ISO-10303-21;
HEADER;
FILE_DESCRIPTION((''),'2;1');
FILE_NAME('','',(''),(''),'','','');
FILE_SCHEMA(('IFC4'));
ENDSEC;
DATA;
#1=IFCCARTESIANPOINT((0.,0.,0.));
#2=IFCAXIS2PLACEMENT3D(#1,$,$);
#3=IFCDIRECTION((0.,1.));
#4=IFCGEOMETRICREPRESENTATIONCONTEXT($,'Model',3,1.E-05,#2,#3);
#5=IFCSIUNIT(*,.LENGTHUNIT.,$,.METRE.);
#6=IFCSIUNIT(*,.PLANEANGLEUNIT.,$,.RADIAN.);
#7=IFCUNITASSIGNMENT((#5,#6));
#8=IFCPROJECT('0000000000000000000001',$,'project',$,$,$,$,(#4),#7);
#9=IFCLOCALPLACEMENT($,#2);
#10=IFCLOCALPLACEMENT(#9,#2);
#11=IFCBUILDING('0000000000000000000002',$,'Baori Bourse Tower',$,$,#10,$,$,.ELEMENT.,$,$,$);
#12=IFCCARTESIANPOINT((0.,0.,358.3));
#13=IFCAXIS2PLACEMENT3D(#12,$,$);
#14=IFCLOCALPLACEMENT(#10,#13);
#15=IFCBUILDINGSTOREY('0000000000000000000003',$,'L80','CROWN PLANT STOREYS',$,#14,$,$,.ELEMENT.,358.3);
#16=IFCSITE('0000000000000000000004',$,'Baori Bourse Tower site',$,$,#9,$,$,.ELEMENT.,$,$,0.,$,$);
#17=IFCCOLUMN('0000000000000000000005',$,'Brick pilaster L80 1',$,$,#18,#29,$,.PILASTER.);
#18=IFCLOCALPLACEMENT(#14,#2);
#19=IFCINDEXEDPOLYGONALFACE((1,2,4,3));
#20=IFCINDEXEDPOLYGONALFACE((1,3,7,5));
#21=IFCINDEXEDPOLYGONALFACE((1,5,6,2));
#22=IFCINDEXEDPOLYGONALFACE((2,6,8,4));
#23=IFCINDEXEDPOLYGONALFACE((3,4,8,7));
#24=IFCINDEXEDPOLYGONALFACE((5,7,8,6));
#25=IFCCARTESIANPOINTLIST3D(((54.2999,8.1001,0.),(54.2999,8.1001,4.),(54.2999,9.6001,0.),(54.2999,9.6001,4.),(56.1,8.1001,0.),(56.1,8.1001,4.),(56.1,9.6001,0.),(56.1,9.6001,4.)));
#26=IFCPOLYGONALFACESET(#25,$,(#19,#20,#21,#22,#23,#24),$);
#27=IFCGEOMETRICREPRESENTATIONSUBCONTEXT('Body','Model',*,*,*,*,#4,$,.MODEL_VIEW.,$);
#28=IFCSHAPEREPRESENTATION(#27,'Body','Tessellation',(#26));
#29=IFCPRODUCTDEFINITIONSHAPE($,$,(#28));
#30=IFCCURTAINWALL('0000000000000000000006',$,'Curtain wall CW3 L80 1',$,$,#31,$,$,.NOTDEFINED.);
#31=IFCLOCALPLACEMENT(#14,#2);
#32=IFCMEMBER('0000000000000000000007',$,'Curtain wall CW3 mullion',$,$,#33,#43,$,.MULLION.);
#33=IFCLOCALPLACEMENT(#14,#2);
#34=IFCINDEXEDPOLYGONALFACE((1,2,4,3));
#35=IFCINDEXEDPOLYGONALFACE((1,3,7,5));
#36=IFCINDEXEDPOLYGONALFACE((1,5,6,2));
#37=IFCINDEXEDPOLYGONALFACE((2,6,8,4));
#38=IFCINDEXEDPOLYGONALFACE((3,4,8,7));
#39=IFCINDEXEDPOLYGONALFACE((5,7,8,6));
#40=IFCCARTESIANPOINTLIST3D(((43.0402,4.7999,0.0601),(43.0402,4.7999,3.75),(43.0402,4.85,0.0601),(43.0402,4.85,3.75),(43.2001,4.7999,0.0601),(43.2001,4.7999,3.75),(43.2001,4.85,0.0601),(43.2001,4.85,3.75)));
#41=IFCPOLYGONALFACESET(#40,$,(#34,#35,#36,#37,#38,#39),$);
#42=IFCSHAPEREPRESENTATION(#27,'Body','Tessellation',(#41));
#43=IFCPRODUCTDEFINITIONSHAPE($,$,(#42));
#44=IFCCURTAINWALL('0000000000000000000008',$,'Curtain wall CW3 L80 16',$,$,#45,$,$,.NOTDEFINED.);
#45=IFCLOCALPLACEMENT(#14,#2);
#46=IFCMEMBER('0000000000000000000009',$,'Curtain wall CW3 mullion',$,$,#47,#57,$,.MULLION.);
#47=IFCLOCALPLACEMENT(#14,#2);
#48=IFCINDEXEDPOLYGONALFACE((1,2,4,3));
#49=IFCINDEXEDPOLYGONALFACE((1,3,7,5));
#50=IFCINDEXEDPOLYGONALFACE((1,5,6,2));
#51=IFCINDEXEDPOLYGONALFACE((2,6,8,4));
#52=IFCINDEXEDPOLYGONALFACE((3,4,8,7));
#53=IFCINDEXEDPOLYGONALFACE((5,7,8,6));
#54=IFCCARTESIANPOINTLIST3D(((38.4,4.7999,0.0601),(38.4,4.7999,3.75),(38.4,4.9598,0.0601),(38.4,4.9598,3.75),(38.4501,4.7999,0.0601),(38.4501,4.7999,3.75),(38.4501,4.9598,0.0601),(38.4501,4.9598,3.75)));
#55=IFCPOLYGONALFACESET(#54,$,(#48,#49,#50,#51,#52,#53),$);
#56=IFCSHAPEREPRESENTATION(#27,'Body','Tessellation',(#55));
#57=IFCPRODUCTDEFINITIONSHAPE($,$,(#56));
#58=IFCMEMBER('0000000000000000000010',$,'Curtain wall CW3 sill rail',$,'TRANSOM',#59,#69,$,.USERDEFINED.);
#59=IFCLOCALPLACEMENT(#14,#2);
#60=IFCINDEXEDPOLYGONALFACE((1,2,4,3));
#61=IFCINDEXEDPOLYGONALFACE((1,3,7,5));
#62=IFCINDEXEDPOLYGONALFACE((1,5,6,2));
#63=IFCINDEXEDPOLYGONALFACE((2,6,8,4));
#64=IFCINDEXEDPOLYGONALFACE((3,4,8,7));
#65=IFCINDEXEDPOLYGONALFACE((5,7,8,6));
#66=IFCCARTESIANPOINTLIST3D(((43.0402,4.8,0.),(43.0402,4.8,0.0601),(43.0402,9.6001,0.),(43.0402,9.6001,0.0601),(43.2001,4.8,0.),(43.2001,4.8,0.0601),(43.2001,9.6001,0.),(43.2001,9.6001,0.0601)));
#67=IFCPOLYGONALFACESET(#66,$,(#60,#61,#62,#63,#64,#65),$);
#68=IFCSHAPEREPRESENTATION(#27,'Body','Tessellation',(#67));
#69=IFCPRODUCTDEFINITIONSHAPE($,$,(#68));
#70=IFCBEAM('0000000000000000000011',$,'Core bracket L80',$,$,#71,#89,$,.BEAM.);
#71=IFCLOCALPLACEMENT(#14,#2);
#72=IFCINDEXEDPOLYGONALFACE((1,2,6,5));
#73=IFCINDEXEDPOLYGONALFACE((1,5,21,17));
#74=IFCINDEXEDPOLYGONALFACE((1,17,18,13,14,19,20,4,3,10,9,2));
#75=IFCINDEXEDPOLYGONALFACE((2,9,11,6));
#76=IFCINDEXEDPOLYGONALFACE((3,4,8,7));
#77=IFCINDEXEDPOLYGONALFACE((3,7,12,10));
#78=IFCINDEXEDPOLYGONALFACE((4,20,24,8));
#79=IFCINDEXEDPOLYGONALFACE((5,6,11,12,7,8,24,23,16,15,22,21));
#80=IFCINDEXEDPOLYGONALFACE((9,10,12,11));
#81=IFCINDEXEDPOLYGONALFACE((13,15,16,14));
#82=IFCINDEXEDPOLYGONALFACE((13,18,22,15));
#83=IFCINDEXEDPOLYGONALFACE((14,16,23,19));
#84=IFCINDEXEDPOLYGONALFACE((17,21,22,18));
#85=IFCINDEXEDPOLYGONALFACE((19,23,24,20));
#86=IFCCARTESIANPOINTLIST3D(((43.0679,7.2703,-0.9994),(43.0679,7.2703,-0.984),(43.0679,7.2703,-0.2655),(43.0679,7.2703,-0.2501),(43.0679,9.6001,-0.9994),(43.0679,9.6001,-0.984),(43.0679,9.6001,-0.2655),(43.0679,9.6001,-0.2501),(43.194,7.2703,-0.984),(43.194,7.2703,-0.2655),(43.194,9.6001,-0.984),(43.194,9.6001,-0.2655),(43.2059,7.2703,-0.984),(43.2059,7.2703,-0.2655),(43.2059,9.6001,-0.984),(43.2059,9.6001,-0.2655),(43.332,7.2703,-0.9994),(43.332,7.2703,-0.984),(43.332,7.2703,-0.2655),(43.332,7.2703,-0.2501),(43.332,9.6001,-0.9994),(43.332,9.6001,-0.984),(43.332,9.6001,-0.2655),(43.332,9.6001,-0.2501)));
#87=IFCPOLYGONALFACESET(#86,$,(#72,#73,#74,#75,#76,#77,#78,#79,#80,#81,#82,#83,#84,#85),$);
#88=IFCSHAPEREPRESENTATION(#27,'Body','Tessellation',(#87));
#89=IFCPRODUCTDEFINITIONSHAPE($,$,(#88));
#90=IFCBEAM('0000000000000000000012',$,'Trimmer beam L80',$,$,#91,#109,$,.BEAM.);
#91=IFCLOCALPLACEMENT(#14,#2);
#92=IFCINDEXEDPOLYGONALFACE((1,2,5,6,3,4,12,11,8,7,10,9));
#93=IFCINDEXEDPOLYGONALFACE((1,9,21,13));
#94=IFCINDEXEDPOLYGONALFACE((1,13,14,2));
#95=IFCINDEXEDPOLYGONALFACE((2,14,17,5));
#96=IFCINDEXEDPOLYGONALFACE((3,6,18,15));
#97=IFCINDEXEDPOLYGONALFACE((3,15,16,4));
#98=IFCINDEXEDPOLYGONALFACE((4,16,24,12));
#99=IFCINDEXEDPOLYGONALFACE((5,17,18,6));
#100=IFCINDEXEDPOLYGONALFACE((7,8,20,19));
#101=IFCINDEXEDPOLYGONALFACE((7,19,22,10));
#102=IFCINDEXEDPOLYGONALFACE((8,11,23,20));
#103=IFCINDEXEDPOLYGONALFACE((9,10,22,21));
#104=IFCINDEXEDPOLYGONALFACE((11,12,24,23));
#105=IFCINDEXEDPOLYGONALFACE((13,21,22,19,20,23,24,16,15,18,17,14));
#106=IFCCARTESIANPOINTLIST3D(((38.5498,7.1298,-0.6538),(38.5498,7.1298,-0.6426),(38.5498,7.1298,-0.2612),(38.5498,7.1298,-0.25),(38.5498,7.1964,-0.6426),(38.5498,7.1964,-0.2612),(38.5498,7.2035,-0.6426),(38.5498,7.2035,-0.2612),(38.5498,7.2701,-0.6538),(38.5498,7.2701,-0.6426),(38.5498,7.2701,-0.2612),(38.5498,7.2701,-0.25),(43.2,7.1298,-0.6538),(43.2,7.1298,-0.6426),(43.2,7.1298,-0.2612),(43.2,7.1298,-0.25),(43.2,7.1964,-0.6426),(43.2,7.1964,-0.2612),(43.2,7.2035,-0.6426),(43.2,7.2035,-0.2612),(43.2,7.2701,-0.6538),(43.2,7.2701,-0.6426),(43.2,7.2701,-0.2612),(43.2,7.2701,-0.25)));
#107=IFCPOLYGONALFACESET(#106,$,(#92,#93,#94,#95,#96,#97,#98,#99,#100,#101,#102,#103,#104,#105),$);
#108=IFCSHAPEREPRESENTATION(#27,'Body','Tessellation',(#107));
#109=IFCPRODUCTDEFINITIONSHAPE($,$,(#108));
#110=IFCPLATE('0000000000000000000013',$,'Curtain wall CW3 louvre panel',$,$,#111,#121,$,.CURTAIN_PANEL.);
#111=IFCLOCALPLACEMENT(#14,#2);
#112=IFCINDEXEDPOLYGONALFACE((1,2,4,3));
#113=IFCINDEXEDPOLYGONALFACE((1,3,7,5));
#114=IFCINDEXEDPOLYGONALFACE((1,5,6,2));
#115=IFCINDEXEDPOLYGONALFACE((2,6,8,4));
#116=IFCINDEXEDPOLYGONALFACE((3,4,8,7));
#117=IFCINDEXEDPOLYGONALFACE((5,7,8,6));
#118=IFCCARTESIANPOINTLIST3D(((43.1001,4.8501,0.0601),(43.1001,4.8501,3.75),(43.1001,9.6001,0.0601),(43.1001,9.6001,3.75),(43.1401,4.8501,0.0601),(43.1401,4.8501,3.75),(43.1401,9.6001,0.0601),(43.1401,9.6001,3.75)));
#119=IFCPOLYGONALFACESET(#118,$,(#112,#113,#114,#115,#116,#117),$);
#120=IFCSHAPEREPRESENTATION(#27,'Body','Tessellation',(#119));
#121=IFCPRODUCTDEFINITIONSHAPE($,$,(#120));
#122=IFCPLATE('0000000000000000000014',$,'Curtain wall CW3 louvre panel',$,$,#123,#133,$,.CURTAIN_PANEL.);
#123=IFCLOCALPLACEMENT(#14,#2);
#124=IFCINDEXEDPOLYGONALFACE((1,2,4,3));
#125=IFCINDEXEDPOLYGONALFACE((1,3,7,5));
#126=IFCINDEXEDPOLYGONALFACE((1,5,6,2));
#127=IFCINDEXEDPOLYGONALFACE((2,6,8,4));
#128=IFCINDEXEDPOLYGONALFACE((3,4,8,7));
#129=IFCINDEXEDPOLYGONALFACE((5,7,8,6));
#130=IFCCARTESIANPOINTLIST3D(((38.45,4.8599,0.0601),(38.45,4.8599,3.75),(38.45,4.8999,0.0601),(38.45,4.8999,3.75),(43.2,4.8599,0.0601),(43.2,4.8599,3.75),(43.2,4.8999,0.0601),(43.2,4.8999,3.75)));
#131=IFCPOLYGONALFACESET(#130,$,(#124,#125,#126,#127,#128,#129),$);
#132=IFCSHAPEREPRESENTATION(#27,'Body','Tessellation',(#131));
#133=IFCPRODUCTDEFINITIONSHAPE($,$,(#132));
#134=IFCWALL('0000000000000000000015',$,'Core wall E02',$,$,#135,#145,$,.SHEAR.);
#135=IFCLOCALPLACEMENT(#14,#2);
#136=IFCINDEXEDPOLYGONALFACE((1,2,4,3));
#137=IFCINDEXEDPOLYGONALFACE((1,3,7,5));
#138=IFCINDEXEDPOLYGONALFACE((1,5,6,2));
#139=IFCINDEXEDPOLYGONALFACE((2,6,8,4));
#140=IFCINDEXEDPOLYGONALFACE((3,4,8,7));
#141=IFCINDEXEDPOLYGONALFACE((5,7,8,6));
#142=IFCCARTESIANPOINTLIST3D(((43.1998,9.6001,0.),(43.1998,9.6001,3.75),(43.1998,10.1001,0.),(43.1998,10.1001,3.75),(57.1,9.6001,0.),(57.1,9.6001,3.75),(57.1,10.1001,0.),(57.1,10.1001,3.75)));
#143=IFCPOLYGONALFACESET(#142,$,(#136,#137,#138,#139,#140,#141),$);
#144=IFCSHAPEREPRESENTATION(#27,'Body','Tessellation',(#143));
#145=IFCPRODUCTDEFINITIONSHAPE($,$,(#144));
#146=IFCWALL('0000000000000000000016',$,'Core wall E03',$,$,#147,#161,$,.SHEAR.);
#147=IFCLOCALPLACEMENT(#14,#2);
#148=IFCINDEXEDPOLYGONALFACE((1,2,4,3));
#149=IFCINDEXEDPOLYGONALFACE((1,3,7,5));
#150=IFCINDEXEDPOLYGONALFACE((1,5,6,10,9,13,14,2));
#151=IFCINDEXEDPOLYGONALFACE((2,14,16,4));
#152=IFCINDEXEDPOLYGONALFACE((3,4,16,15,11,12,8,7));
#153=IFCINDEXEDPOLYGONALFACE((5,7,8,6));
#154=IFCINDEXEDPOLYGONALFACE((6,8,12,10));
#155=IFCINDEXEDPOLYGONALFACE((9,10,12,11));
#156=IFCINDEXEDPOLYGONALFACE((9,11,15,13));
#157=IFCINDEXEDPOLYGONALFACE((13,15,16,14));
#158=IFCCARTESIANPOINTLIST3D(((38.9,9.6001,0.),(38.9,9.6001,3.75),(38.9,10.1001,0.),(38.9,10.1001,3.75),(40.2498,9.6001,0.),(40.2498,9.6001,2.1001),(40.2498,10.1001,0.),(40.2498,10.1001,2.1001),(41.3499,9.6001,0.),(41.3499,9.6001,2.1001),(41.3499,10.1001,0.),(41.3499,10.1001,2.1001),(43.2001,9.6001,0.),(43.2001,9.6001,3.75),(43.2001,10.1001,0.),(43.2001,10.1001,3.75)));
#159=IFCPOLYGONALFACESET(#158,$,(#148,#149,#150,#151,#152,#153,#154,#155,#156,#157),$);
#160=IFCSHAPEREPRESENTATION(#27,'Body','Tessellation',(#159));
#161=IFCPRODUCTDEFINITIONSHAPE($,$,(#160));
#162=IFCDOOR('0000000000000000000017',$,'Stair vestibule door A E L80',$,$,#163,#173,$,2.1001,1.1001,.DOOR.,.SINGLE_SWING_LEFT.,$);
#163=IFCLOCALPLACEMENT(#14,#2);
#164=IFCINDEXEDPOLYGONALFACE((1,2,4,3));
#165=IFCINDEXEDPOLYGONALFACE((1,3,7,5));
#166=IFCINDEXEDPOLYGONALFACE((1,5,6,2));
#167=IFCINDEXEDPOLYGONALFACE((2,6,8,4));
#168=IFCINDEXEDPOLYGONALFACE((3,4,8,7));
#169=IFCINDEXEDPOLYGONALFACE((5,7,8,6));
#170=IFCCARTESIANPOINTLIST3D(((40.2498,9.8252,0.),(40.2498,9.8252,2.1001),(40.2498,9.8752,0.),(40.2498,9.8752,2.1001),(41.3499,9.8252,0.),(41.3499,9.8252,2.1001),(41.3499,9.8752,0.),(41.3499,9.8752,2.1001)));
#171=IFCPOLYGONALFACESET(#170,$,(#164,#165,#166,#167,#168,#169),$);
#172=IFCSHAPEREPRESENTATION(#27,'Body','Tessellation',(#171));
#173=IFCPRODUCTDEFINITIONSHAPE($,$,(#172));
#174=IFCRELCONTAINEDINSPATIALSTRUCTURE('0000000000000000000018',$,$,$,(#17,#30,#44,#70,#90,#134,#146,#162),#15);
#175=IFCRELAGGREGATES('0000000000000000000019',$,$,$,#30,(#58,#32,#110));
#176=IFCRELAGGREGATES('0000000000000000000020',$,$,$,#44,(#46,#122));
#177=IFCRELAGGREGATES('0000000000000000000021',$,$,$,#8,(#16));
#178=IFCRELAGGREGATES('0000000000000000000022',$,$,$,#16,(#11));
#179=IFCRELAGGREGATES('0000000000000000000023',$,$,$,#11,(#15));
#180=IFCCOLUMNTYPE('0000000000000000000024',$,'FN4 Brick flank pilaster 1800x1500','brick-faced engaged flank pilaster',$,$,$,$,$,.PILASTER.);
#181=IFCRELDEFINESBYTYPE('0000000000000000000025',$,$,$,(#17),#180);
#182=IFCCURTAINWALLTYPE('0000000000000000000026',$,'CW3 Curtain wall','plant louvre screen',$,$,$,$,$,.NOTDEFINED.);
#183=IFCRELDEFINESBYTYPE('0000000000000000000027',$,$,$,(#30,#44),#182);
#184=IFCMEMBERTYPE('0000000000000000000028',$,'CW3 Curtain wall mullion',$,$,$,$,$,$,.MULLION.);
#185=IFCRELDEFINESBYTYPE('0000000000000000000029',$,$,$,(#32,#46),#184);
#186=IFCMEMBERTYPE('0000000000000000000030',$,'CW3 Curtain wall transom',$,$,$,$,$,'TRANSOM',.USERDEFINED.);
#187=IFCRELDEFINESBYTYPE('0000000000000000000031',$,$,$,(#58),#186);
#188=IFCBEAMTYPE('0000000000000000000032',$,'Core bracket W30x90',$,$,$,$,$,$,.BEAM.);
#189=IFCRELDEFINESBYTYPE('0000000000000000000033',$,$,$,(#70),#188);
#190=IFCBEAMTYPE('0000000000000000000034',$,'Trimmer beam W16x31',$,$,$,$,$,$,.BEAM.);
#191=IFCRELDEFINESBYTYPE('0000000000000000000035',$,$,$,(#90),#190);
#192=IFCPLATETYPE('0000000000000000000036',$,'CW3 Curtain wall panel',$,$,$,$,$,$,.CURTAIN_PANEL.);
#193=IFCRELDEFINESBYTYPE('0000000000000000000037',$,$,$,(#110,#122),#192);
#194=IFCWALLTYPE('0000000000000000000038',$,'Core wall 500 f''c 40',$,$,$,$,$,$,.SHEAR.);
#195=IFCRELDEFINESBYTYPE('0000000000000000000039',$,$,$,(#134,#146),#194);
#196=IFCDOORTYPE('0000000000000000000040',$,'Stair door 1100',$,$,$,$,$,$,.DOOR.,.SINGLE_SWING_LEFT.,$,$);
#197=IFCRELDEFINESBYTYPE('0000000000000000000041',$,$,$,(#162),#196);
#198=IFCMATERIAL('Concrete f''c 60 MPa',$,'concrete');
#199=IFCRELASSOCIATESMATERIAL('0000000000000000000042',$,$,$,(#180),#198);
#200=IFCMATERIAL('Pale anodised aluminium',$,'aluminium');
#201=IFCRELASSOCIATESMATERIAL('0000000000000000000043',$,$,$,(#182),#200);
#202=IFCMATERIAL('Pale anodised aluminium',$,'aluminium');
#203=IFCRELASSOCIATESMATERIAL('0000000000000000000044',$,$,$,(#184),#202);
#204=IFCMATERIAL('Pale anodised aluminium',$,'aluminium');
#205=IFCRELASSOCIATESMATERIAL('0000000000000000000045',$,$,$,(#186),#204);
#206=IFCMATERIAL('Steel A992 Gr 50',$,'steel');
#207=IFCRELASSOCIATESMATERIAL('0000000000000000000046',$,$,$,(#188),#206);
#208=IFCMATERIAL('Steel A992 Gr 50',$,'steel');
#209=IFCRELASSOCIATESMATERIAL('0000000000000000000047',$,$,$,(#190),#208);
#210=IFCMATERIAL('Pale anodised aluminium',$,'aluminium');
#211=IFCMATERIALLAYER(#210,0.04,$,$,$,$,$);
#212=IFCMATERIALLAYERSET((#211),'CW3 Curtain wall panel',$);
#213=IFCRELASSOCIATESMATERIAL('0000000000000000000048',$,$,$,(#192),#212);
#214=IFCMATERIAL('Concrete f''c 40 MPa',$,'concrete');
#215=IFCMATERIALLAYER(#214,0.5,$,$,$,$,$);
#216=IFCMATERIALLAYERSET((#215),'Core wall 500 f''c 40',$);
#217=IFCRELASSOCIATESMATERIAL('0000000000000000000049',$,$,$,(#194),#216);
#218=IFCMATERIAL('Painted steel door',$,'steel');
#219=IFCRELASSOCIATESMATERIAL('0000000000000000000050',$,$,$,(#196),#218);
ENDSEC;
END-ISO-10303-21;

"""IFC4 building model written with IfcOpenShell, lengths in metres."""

from ifc_helpers import new_model, si_unit, direction, frame, frame_2d, origin, origin_2d, place, context, subcontext, project, spatial, rectangle, i_section, extrude, material, layer, layer_set, material_profile, profile_set, type_object, element, fill, aggregate, save


model = new_model("IFC4")

# Units and contexts
model_context = context("Model", 3, precision=1e-05, world=origin(), true_north=direction((0.0, 1.0)))
body_context = subcontext(model_context, "Body", "Model", "MODEL_VIEW")
ifc_project = project(units=[si_unit("LENGTHUNIT", "METRE"), si_unit("PLANEANGLEUNIT", "RADIAN")], contexts=[model_context])

# Site, building, storey
site_placement = place(None, origin())
site = spatial("IfcSite", under=ifc_project, at=site_placement, Name="Baori Bourse Tower site", CompositionType="ELEMENT", RefElevation=0.0)
building_placement = place(site_placement, origin())
building = spatial("IfcBuilding", under=site, at=building_placement, Name="Baori Bourse Tower", CompositionType="ELEMENT")
storey_placement = place(building_placement, frame((0.0, 0.0, 358.3)))
storey = spatial("IfcBuildingStorey", under=building, at=storey_placement, Name="L80", Description="CROWN PLANT STOREYS", CompositionType="ELEMENT", Elevation=358.3)

# Column
ifc_material_1 = material(Name="Concrete f'c 60 MPa", Category="concrete")
ifc_material_profile_1 = material_profile(ifc_material_1, rectangle(XDim=1.8, YDim=1.5, at=origin_2d()), Name="RC 1800x1500")
ifc_profile_set_1 = profile_set([ifc_material_profile_1], Name="Concrete f'c 60 MPa")
column_type = type_object("IfcColumnType", Name="FN4 Brick flank pilaster 1800x1500", Description="brick-faced engaged flank pilaster", PredefinedType="PILASTER", material=ifc_profile_set_1)
column_placement = place(storey_placement, frame((55.2, 8.8501, 0.0), z_axis=(0.0, 0.0, 1.0), x_axis=(1.0, 0.0, 0.0)))
element("IfcColumn", 1, at=column_placement, inside=storey, type_object=column_type, Name="Brick pilaster L80 1", PredefinedType="PILASTER", context=body_context, shape_type="SweptSolid", body=[
    extrude(rectangle(XDim=1.8, YDim=1.5, at=origin_2d()), origin(), (0.0, 0.0, 1.0), 4.0),
])

# Curtain walls, members
ifc_material_2 = material(Name="Pale anodised aluminium", Category="aluminium")
curtain_wall_type = type_object("IfcCurtainWallType", Name="CW3 Curtain wall", Description="plant louvre screen", PredefinedType="NOTDEFINED", material=ifc_material_2)
curtain_wall_1_placement = place(storey_placement, origin())
curtain_wall_1 = element("IfcCurtainWall", 2, at=curtain_wall_1_placement, inside=storey, type_object=curtain_wall_type, Name="Curtain wall CW3 L80 1", PredefinedType="NOTDEFINED")
ifc_material_3 = material(Name="Pale anodised aluminium", Category="aluminium")
ifc_material_profile_2 = material_profile(ifc_material_3, rectangle(XDim=0.1599, YDim=0.05, at=origin_2d()), Name="Mullion 50x160")
ifc_profile_set_2 = profile_set([ifc_material_profile_2], Name="Pale anodised aluminium")
member_type_1 = type_object("IfcMemberType", Name="CW3 Curtain wall mullion", PredefinedType="MULLION", material=ifc_profile_set_2)
member_1_placement = place(storey_placement, frame((43.1201, 4.825, 0.0601), z_axis=(0.0, 0.0, 1.0), x_axis=(-1.0, 0.0, 0.0)))
member_1 = element("IfcMember", 3, at=member_1_placement, type_object=member_type_1, Name="Curtain wall CW3 mullion", PredefinedType="MULLION", context=body_context, shape_type="SweptSolid", body=[
    extrude(rectangle(XDim=0.1599, YDim=0.05, at=origin_2d()), origin(), (0.0, 0.0, 1.0), 3.6899),
])
curtain_wall_2_placement = place(storey_placement, origin())
curtain_wall_2 = element("IfcCurtainWall", 4, at=curtain_wall_2_placement, inside=storey, type_object=curtain_wall_type, Name="Curtain wall CW3 L80 16", PredefinedType="NOTDEFINED")
member_2_placement = place(storey_placement, frame((38.425, 4.8799, 0.0601), z_axis=(0.0, 0.0, 1.0), x_axis=(0.0, 1.0, 0.0)))
member_2 = element("IfcMember", 5, at=member_2_placement, type_object=member_type_1, Name="Curtain wall CW3 mullion", PredefinedType="MULLION", context=body_context, shape_type="SweptSolid", body=[
    extrude(rectangle(XDim=0.1599, YDim=0.05, at=origin_2d()), origin(), (0.0, 0.0, 1.0), 3.6899),
])

# Member
ifc_material_4 = material(Name="Pale anodised aluminium", Category="aluminium")
ifc_material_profile_3 = material_profile(ifc_material_4, rectangle(XDim=0.1599, YDim=0.0601, at=origin_2d()), Name="Transom 60x160")
ifc_profile_set_3 = profile_set([ifc_material_profile_3], Name="Pale anodised aluminium")
member_type_2 = type_object("IfcMemberType", Name="CW3 Curtain wall transom", ElementType="TRANSOM", PredefinedType="USERDEFINED", material=ifc_profile_set_3)
member_3_placement = place(storey_placement, frame((43.1201, 4.8, 0.03), z_axis=(0.0, 1.0, 0.0), x_axis=(-1.0, 0.0, 0.0)))
member_3 = element("IfcMember", 6, at=member_3_placement, type_object=member_type_2, Name="Curtain wall CW3 sill rail", ObjectType="TRANSOM", PredefinedType="USERDEFINED", context=body_context, shape_type="SweptSolid", body=[
    extrude(rectangle(XDim=0.1599, YDim=0.0601, at=origin_2d()), origin(), (0.0, 0.0, 1.0), 4.8),
])

# Beams
ifc_material_5 = material(Name="Steel A992 Gr 50", Category="steel")
ifc_material_profile_4 = material_profile(ifc_material_5, i_section(OverallWidth=0.2642, OverallDepth=0.7493, WebThickness=0.012, FlangeThickness=0.0154, at=origin_2d()), Name="W30x90")
ifc_profile_set_4 = profile_set([ifc_material_profile_4], Name="Steel A992 Gr 50")
beam_type_1 = type_object("IfcBeamType", Name="Core bracket W30x90", PredefinedType="BEAM", material=ifc_profile_set_4)
beam_1_placement = place(storey_placement, frame((43.2, 7.2703, -0.6248), z_axis=(0.0, 1.0, 0.0), x_axis=(-1.0, 0.0, 0.0)))
element("IfcBeam", 7, at=beam_1_placement, inside=storey, type_object=beam_type_1, Name="Core bracket L80", PredefinedType="BEAM", context=body_context, shape_type="SweptSolid", body=[
    extrude(i_section(OverallWidth=0.2642, OverallDepth=0.7493, WebThickness=0.012, FlangeThickness=0.0154, at=origin_2d()), origin(), (0.0, 0.0, 1.0), 2.3298),
])
ifc_material_6 = material(Name="Steel A992 Gr 50", Category="steel")
ifc_material_profile_5 = material_profile(ifc_material_6, i_section(OverallWidth=0.1404, OverallDepth=0.4038, WebThickness=0.0071, FlangeThickness=0.0112, at=origin_2d()), Name="W16x31")
ifc_profile_set_5 = profile_set([ifc_material_profile_5], Name="Steel A992 Gr 50")
beam_type_2 = type_object("IfcBeamType", Name="Trimmer beam W16x31", PredefinedType="BEAM", material=ifc_profile_set_5)
beam_2_placement = place(storey_placement, frame((38.5498, 7.2, -0.4519), z_axis=(1.0, 0.0, 0.0), x_axis=(0.0, 1.0, 0.0)))
element("IfcBeam", 8, at=beam_2_placement, inside=storey, type_object=beam_type_2, Name="Trimmer beam L80", PredefinedType="BEAM", context=body_context, shape_type="SweptSolid", body=[
    extrude(i_section(OverallWidth=0.1404, OverallDepth=0.4038, WebThickness=0.0071, FlangeThickness=0.0112, at=origin_2d()), origin(), (0.0, 0.0, 1.0), 4.6501),
])

# Plates
ifc_material_7 = material(Name="Pale anodised aluminium", Category="aluminium")
ifc_layer_1 = layer(ifc_material_7, 0.04)
ifc_layer_set_1 = layer_set([ifc_layer_1], Name="CW3 Curtain wall panel")
plate_type = type_object("IfcPlateType", Name="CW3 Curtain wall panel", PredefinedType="CURTAIN_PANEL", material=ifc_layer_set_1)
plate_1_placement = place(storey_placement, frame((43.1201, 7.2251, 0.0601), z_axis=(0.0, 0.0, 1.0), x_axis=(0.0, 1.0, 0.0)))
plate_1 = element("IfcPlate", 9, at=plate_1_placement, type_object=plate_type, Name="Curtain wall CW3 louvre panel", PredefinedType="CURTAIN_PANEL", context=body_context, shape_type="SweptSolid", body=[
    extrude(rectangle(XDim=4.75, YDim=0.04, at=origin_2d()), origin(), (0.0, 0.0, 1.0), 3.6899),
])
aggregate(curtain_wall_1, [member_3, member_1, plate_1])
plate_2_placement = place(storey_placement, frame((40.825, 4.8799, 0.0601), z_axis=(0.0, 0.0, 1.0), x_axis=(1.0, 0.0, 0.0)))
plate_2 = element("IfcPlate", 10, at=plate_2_placement, type_object=plate_type, Name="Curtain wall CW3 louvre panel", PredefinedType="CURTAIN_PANEL", context=body_context, shape_type="SweptSolid", body=[
    extrude(rectangle(XDim=4.75, YDim=0.04, at=origin_2d()), origin(), (0.0, 0.0, 1.0), 3.6899),
])
aggregate(curtain_wall_2, [member_2, plate_2])

# Wall
ifc_material_8 = material(Name="Concrete f'c 40 MPa", Category="concrete")
ifc_layer_2 = layer(ifc_material_8, 0.5)
ifc_layer_set_2 = layer_set([ifc_layer_2], Name="Core wall 500 f'c 40")
wall_type_1 = type_object("IfcWallType", Name="Core wall 500 f'c 40", PredefinedType="SHEAR", material=ifc_layer_set_2)
wall_1_placement = place(storey_placement, frame((57.1001, 9.8501, 0.0), z_axis=(0.0, 0.0, 1.0), x_axis=(-1.0, 0.0, 0.0)))
element("IfcWall", 11, at=wall_1_placement, inside=storey, type_object=wall_type_1, Name="Core wall E02", PredefinedType="SHEAR", context=body_context, shape_type="SweptSolid", body=[
    extrude(rectangle(XDim=13.9001, YDim=0.5, at=frame_2d((6.9502, 0.0))), origin(), (0.0, 0.0, 1.0), 3.75),
])

# Wall, opening, door
wall_2_placement = place(storey_placement, frame((43.2, 9.8501, 0.0), z_axis=(0.0, 0.0, 1.0), x_axis=(-1.0, 0.0, 0.0)))
wall_2 = element("IfcWall", 12, at=wall_2_placement, inside=storey, type_object=wall_type_1, Name="Core wall E03", PredefinedType="SHEAR", context=body_context, shape_type="SweptSolid", body=[
    extrude(rectangle(XDim=4.3, YDim=0.5, at=frame_2d((2.1499, 0.0))), origin(), (0.0, 0.0, 1.0), 3.75),
])
opening_1_placement = place(wall_2_placement, frame((1.8501, 0.0, 0.0)))
opening_1 = element("IfcOpeningElement", 13, at=opening_1_placement, cuts=wall_2, PredefinedType="OPENING", context=body_context, shape_type="SweptSolid", body=[
    extrude(rectangle(XDim=1.1001, YDim=2.1001, at=frame_2d((0.55, 1.05))), frame((0.0, 0.26, 0.0), z_axis=(0.0, -1.0, 0.0), x_axis=(1.0, 0.0, 0.0)), (0.0, 0.0, 1.0), 0.52),
])
ifc_material_9 = material(Name="Painted steel door", Category="steel")
door_type_1 = type_object("IfcDoorType", Name="Stair door 1100", OperationType="SINGLE_SWING_LEFT", PredefinedType="DOOR", material=ifc_material_9)
door_1_placement = place(opening_1_placement, origin())
door_1 = element("IfcDoor", 14, at=door_1_placement, inside=storey, type_object=door_type_1, Name="Stair vestibule door A E L80", OperationType="SINGLE_SWING_LEFT", OverallHeight=2.1001, OverallWidth=1.1001, PredefinedType="DOOR", context=body_context, shape_type="SweptSolid", body=[
    extrude(rectangle(XDim=1.1001, YDim=2.1001, at=frame_2d((0.55, 1.05))), frame((0.0, 0.0249, 0.0), z_axis=(0.0, -1.0, 0.0), x_axis=(1.0, 0.0, 0.0)), (0.0, 0.0, 1.0), 0.05),
])
fill(opening_1, door_1)

save(model, "model.ifc")
